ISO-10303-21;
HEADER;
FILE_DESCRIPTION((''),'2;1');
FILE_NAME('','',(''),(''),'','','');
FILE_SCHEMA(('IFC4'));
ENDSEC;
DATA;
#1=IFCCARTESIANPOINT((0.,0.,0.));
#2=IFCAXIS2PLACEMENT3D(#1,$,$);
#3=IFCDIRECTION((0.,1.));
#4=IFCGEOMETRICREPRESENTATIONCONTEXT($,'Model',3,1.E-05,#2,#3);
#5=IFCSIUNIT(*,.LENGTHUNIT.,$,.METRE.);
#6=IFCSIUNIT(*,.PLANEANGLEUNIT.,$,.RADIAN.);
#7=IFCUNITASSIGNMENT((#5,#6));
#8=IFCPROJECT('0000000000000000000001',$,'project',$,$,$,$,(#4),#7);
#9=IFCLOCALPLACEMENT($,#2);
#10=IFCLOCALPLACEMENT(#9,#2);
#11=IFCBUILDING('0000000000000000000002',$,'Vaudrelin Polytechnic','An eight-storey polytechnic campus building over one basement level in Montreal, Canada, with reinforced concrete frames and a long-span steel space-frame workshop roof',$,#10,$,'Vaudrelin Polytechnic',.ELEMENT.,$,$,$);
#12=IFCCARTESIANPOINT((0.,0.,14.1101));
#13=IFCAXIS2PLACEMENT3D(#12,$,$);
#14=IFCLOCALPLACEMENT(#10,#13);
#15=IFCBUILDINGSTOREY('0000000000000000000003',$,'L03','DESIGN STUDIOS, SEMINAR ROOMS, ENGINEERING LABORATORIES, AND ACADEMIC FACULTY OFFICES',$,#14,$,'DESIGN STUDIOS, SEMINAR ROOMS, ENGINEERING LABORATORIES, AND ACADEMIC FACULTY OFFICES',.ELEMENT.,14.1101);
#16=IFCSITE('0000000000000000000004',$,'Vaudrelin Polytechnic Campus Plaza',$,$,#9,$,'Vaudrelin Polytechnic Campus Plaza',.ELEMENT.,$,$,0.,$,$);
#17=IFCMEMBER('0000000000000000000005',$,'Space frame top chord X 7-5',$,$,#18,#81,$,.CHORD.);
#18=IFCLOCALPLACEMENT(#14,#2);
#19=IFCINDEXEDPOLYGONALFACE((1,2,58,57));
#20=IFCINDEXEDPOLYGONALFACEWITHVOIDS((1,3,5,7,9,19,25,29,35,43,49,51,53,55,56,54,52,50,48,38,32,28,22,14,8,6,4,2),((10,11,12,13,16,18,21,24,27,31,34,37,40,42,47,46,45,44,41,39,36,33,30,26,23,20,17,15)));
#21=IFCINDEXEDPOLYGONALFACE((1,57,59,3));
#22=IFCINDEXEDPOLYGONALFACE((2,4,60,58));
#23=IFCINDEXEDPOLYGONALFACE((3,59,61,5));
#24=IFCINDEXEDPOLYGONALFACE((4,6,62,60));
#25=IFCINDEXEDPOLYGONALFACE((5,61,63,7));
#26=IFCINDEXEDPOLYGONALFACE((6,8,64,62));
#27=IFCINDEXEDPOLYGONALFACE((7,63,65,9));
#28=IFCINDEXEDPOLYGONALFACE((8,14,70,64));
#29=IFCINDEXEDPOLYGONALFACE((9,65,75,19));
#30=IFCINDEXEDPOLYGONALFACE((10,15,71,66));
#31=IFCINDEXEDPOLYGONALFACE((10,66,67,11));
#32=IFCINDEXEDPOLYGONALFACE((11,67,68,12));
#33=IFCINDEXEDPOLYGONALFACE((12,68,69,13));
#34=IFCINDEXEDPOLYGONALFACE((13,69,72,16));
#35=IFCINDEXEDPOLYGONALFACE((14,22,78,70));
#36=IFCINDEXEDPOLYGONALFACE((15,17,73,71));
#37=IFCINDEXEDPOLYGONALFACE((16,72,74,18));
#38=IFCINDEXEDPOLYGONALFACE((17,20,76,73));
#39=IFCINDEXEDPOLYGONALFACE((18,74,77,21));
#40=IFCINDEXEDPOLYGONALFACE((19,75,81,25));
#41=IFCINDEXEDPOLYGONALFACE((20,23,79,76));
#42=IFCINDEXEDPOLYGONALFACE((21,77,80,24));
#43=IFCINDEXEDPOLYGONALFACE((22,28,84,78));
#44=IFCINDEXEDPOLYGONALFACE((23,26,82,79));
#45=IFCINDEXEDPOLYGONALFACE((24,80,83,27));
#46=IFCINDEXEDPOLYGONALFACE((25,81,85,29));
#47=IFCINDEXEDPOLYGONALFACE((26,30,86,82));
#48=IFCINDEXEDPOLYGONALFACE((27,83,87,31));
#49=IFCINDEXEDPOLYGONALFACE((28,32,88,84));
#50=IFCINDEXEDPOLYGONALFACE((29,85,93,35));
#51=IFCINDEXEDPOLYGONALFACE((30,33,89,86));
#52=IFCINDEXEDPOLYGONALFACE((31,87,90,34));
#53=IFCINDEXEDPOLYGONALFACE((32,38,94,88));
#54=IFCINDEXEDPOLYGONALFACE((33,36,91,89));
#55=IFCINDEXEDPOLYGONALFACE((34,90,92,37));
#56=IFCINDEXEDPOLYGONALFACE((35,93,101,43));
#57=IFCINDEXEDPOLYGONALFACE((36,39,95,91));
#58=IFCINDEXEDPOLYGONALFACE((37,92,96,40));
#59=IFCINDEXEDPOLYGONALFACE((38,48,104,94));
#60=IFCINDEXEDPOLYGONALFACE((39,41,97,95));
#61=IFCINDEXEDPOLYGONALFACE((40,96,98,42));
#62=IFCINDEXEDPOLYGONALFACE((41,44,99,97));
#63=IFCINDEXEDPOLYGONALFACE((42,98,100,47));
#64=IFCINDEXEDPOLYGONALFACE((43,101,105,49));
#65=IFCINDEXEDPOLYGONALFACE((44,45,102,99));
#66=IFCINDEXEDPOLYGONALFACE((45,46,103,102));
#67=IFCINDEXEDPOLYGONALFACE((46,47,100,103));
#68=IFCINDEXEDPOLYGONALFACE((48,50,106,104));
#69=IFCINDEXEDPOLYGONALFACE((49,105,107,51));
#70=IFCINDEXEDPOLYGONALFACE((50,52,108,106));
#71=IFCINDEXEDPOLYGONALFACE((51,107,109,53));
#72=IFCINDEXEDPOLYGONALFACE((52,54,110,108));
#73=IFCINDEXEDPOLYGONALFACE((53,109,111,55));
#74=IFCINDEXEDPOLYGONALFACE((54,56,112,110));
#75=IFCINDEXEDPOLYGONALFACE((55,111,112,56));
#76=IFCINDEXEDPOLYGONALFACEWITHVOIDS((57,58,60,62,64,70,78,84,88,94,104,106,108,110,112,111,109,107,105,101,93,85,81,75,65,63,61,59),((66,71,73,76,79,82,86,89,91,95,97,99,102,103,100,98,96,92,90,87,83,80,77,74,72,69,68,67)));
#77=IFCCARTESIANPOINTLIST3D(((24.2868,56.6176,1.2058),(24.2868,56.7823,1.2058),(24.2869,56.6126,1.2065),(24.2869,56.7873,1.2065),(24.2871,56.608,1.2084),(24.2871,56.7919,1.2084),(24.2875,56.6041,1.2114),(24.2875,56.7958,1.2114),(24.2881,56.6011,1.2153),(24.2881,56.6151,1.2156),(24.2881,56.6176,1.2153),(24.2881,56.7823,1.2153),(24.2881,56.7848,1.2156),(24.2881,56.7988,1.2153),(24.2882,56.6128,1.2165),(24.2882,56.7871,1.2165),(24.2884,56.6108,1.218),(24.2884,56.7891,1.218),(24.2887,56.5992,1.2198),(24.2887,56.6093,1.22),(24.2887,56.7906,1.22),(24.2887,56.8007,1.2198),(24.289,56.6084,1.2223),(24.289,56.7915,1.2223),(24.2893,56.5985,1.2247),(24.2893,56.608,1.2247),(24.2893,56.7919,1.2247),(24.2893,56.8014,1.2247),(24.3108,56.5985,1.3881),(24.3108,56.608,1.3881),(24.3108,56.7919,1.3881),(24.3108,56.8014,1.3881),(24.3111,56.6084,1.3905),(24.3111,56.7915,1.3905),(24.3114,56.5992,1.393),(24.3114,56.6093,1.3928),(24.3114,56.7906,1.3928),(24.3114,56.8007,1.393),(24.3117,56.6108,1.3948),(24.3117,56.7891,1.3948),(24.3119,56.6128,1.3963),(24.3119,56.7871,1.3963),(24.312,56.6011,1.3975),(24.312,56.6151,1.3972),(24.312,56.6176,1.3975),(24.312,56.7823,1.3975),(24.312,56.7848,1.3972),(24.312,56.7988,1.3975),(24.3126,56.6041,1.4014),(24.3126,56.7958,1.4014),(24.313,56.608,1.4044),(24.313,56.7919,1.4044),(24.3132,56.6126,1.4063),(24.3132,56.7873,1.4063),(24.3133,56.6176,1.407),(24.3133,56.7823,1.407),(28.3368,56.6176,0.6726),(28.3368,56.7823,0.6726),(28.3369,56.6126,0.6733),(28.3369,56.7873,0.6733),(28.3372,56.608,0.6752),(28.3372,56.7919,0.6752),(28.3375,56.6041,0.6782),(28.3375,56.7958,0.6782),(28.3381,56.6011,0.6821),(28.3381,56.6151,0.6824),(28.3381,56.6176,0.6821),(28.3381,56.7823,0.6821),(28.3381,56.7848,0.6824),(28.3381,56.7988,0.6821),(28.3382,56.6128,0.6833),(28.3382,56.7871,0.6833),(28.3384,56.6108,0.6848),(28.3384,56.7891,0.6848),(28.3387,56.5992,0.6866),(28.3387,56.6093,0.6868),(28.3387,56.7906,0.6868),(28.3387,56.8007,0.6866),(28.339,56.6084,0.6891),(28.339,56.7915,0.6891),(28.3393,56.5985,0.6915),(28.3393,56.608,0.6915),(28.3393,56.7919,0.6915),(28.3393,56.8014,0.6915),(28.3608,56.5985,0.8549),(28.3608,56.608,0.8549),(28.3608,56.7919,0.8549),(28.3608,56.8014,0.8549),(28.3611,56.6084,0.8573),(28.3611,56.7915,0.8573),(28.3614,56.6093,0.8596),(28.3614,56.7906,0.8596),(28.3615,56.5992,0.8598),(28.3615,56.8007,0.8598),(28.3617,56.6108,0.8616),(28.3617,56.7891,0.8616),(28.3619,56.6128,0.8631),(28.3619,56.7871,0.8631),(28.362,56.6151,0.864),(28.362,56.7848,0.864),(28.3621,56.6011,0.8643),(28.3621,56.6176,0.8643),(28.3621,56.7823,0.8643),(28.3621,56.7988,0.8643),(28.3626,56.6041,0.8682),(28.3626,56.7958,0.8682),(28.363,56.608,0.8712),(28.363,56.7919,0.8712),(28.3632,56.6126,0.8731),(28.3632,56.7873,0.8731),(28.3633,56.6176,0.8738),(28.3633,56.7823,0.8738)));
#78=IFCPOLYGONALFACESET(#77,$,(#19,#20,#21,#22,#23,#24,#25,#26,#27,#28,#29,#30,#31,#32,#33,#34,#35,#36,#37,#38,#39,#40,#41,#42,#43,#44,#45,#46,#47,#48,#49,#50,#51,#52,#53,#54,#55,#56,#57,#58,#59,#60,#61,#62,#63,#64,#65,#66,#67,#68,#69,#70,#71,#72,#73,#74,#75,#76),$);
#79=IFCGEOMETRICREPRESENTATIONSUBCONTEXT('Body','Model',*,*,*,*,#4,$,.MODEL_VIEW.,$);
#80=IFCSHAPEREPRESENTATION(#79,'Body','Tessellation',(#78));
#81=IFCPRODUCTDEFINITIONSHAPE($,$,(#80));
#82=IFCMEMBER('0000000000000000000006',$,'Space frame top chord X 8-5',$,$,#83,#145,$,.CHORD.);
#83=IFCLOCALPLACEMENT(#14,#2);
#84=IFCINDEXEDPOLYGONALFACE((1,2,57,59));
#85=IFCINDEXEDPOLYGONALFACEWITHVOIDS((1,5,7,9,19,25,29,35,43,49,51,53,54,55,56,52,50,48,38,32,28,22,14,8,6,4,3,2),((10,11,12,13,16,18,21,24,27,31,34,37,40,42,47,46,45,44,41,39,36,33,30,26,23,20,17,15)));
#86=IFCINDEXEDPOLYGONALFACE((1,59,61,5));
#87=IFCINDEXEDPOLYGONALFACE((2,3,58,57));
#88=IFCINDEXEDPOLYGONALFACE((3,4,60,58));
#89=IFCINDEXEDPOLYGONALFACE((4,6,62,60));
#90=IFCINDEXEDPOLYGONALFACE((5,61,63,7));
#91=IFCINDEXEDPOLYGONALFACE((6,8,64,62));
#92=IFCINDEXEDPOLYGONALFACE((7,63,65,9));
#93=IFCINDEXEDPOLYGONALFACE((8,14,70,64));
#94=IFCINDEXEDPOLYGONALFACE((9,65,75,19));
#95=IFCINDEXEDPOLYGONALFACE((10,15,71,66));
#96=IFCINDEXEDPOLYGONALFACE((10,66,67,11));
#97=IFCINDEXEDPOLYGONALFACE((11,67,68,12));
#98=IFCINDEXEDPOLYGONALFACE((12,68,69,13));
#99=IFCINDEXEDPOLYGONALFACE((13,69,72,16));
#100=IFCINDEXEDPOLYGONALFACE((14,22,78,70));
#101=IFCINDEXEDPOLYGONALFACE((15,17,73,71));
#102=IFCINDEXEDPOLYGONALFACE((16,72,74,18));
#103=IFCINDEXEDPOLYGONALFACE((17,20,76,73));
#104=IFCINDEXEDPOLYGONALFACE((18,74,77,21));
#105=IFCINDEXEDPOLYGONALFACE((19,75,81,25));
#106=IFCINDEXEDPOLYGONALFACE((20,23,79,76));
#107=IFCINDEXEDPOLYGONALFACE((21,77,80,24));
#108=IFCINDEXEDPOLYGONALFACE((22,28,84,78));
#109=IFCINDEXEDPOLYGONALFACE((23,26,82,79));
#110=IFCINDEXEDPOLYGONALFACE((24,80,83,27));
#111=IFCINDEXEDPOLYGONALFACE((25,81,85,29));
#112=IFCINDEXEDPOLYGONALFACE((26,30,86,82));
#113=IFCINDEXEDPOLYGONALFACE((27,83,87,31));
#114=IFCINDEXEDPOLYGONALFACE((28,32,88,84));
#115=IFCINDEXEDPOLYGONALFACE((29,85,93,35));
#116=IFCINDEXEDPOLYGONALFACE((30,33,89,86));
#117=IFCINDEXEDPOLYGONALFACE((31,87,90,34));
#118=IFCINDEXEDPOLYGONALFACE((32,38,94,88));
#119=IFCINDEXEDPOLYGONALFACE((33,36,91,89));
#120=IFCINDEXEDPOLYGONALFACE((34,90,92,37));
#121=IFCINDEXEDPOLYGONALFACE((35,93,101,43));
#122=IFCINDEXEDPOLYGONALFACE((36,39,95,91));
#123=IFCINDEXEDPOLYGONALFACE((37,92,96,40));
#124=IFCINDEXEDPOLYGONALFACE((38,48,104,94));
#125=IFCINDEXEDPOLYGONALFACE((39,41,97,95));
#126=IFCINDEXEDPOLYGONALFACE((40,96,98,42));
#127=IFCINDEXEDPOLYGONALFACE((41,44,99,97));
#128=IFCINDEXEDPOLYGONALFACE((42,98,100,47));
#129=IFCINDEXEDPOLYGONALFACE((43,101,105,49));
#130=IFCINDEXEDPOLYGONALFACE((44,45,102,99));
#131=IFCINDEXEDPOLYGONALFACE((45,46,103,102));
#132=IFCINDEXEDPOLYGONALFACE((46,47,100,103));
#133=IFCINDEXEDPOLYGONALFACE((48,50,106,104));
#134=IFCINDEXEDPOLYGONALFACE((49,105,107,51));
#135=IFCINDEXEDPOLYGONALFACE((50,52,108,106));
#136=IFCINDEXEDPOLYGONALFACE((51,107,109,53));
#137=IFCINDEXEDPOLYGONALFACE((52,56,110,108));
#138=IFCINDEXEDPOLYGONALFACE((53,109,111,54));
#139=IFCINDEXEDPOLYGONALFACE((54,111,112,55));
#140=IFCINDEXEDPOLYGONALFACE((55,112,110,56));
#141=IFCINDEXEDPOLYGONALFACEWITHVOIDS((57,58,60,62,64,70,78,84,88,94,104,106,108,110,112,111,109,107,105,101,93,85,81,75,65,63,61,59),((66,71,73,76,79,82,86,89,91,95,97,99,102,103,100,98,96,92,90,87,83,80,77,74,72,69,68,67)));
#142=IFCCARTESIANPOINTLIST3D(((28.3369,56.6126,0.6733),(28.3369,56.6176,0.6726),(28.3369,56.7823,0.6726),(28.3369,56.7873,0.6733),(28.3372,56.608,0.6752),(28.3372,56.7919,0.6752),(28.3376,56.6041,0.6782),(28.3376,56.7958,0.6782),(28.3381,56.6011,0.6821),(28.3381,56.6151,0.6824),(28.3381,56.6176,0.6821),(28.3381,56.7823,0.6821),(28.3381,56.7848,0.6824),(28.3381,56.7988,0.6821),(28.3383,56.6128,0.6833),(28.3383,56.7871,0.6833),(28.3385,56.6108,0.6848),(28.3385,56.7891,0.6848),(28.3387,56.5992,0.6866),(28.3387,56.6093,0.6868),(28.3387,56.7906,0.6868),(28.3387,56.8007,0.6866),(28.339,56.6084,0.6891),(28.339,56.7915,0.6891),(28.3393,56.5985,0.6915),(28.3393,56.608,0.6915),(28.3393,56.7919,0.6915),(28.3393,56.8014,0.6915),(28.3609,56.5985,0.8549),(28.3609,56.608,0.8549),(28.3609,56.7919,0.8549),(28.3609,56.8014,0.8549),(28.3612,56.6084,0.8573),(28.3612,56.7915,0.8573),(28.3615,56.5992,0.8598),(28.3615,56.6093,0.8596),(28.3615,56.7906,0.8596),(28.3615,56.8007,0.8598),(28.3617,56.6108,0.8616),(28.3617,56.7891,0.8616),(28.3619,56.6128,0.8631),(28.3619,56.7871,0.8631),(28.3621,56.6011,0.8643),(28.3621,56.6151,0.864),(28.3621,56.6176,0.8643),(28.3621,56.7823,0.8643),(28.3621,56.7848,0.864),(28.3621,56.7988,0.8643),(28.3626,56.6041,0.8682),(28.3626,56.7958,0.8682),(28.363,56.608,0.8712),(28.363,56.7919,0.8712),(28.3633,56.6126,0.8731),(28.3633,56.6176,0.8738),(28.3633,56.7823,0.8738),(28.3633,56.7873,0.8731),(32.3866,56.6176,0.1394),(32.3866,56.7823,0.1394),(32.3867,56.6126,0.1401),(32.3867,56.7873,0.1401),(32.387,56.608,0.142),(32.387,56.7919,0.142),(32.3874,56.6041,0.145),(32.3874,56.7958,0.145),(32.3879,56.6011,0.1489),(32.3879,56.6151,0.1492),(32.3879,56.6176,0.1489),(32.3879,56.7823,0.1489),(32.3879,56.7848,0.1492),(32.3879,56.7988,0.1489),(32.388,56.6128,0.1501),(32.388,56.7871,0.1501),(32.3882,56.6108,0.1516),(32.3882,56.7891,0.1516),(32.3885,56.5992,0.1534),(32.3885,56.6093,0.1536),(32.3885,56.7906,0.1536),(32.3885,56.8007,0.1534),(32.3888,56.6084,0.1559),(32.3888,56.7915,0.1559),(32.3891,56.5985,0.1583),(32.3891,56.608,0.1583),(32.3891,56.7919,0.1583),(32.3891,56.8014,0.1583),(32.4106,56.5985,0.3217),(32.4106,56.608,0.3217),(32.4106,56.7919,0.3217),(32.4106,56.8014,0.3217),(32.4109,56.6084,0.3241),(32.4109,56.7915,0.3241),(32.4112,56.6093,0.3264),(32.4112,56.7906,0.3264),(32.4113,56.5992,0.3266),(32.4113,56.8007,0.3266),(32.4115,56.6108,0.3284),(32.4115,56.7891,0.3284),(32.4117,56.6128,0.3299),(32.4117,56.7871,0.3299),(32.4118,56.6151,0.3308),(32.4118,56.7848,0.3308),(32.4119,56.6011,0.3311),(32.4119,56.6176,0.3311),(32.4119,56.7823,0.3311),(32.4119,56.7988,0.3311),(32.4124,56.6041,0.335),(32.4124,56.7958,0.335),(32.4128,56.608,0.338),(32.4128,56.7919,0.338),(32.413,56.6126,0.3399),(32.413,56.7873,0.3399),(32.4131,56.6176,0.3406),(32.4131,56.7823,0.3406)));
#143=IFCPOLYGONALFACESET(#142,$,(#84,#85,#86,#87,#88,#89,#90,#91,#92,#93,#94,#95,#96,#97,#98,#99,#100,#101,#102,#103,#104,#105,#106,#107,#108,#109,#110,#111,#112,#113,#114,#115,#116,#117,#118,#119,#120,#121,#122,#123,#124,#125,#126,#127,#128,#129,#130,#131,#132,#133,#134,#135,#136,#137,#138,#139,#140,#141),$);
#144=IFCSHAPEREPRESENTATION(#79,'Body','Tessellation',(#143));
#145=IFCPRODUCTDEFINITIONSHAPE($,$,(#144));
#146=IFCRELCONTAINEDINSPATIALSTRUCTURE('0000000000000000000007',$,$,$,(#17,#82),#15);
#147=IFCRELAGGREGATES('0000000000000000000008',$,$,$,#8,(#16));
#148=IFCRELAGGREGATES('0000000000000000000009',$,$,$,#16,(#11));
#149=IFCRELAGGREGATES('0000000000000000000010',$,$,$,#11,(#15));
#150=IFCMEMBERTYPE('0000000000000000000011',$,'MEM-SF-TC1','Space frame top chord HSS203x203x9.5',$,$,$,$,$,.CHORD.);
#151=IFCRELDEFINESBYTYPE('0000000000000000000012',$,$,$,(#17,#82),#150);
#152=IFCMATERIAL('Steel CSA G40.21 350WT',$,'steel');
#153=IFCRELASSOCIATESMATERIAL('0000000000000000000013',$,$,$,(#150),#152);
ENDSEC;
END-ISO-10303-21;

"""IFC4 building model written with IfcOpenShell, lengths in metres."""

from ifc_helpers import new_model, si_unit, direction, frame, origin, origin_2d, place, context, subcontext, project, spatial, hollow_rectangle, extrude, material, material_profile, profile_set, type_object, element, save


model = new_model("IFC4")

# Units and contexts
model_context = context("Model", 3, precision=1e-05, world=origin(), true_north=direction((0.0, 1.0)))
body_context = subcontext(model_context, "Body", "Model", "MODEL_VIEW")
ifc_project = project(units=[si_unit("LENGTHUNIT", "METRE"), si_unit("PLANEANGLEUNIT", "RADIAN")], contexts=[model_context])

# Site, building, storey
site_placement = place(None, origin())
site = spatial("IfcSite", under=ifc_project, at=site_placement, Name="Vaudrelin Polytechnic Campus Plaza", LongName="Vaudrelin Polytechnic Campus Plaza", CompositionType="ELEMENT", RefElevation=0.0)
building_placement = place(site_placement, origin())
building = spatial("IfcBuilding", under=site, at=building_placement, Name="Vaudrelin Polytechnic", Description="An eight-storey polytechnic campus building over one basement level in Montreal, Canada, with reinforced concrete frames and a long-span steel space-frame workshop roof", LongName="Vaudrelin Polytechnic", CompositionType="ELEMENT")
storey_placement = place(building_placement, frame((0.0, 0.0, 14.1101)))
storey = spatial("IfcBuildingStorey", under=building, at=storey_placement, Name="L03", Description="DESIGN STUDIOS, SEMINAR ROOMS, ENGINEERING LABORATORIES, AND ACADEMIC FACULTY OFFICES", LongName="DESIGN STUDIOS, SEMINAR ROOMS, ENGINEERING LABORATORIES, AND ACADEMIC FACULTY OFFICES", CompositionType="ELEMENT", Elevation=14.1101)

# Members
ifc_material_1 = material(Name="Steel CSA G40.21 350WT", Category="steel")
ifc_material_profile_1 = material_profile(ifc_material_1, hollow_rectangle(XDim=0.2029, YDim=0.2029, WallThickness=0.0095, InnerFilletRadius=0.0095, OuterFilletRadius=0.019, at=origin_2d()), Name="HSS203x203x9.5")
ifc_profile_set_1 = profile_set([ifc_material_profile_1], Name="Steel CSA G40.21 350WT")
member_type_1 = type_object("IfcMemberType", Name="MEM-SF-TC1", Description="Space frame top chord HSS203x203x9.5", PredefinedType="CHORD", material=ifc_profile_set_1)
member_1_placement = place(storey_placement, frame((24.3, 56.7, 1.3064), z_axis=(0.991445, 0.0, -0.130527), x_axis=(0.0, 1.0, 0.0)))
element("IfcMember", 1, at=member_1_placement, inside=storey, type_object=member_type_1, Name="Space frame top chord X 7-5", PredefinedType="CHORD", context=body_context, shape_type="SweptSolid", body=[
    extrude(hollow_rectangle(XDim=0.2029, YDim=0.2029, WallThickness=0.0095, InnerFilletRadius=0.0095, OuterFilletRadius=0.019, at=origin_2d()), origin(), (0.0, 0.0, 1.0), 4.085),
])
member_2_placement = place(storey_placement, frame((28.3501, 56.7, 0.7732), z_axis=(0.991444, 0.0, -0.130535), x_axis=(0.0, 1.0, 0.0)))
element("IfcMember", 2, at=member_2_placement, inside=storey, type_object=member_type_1, Name="Space frame top chord X 8-5", PredefinedType="CHORD", context=body_context, shape_type="SweptSolid", body=[
    extrude(hollow_rectangle(XDim=0.2029, YDim=0.2029, WallThickness=0.0095, InnerFilletRadius=0.0095, OuterFilletRadius=0.019, at=origin_2d()), origin(), (0.0, 0.0, 1.0), 4.0847),
])

save(model, "model.ifc")
